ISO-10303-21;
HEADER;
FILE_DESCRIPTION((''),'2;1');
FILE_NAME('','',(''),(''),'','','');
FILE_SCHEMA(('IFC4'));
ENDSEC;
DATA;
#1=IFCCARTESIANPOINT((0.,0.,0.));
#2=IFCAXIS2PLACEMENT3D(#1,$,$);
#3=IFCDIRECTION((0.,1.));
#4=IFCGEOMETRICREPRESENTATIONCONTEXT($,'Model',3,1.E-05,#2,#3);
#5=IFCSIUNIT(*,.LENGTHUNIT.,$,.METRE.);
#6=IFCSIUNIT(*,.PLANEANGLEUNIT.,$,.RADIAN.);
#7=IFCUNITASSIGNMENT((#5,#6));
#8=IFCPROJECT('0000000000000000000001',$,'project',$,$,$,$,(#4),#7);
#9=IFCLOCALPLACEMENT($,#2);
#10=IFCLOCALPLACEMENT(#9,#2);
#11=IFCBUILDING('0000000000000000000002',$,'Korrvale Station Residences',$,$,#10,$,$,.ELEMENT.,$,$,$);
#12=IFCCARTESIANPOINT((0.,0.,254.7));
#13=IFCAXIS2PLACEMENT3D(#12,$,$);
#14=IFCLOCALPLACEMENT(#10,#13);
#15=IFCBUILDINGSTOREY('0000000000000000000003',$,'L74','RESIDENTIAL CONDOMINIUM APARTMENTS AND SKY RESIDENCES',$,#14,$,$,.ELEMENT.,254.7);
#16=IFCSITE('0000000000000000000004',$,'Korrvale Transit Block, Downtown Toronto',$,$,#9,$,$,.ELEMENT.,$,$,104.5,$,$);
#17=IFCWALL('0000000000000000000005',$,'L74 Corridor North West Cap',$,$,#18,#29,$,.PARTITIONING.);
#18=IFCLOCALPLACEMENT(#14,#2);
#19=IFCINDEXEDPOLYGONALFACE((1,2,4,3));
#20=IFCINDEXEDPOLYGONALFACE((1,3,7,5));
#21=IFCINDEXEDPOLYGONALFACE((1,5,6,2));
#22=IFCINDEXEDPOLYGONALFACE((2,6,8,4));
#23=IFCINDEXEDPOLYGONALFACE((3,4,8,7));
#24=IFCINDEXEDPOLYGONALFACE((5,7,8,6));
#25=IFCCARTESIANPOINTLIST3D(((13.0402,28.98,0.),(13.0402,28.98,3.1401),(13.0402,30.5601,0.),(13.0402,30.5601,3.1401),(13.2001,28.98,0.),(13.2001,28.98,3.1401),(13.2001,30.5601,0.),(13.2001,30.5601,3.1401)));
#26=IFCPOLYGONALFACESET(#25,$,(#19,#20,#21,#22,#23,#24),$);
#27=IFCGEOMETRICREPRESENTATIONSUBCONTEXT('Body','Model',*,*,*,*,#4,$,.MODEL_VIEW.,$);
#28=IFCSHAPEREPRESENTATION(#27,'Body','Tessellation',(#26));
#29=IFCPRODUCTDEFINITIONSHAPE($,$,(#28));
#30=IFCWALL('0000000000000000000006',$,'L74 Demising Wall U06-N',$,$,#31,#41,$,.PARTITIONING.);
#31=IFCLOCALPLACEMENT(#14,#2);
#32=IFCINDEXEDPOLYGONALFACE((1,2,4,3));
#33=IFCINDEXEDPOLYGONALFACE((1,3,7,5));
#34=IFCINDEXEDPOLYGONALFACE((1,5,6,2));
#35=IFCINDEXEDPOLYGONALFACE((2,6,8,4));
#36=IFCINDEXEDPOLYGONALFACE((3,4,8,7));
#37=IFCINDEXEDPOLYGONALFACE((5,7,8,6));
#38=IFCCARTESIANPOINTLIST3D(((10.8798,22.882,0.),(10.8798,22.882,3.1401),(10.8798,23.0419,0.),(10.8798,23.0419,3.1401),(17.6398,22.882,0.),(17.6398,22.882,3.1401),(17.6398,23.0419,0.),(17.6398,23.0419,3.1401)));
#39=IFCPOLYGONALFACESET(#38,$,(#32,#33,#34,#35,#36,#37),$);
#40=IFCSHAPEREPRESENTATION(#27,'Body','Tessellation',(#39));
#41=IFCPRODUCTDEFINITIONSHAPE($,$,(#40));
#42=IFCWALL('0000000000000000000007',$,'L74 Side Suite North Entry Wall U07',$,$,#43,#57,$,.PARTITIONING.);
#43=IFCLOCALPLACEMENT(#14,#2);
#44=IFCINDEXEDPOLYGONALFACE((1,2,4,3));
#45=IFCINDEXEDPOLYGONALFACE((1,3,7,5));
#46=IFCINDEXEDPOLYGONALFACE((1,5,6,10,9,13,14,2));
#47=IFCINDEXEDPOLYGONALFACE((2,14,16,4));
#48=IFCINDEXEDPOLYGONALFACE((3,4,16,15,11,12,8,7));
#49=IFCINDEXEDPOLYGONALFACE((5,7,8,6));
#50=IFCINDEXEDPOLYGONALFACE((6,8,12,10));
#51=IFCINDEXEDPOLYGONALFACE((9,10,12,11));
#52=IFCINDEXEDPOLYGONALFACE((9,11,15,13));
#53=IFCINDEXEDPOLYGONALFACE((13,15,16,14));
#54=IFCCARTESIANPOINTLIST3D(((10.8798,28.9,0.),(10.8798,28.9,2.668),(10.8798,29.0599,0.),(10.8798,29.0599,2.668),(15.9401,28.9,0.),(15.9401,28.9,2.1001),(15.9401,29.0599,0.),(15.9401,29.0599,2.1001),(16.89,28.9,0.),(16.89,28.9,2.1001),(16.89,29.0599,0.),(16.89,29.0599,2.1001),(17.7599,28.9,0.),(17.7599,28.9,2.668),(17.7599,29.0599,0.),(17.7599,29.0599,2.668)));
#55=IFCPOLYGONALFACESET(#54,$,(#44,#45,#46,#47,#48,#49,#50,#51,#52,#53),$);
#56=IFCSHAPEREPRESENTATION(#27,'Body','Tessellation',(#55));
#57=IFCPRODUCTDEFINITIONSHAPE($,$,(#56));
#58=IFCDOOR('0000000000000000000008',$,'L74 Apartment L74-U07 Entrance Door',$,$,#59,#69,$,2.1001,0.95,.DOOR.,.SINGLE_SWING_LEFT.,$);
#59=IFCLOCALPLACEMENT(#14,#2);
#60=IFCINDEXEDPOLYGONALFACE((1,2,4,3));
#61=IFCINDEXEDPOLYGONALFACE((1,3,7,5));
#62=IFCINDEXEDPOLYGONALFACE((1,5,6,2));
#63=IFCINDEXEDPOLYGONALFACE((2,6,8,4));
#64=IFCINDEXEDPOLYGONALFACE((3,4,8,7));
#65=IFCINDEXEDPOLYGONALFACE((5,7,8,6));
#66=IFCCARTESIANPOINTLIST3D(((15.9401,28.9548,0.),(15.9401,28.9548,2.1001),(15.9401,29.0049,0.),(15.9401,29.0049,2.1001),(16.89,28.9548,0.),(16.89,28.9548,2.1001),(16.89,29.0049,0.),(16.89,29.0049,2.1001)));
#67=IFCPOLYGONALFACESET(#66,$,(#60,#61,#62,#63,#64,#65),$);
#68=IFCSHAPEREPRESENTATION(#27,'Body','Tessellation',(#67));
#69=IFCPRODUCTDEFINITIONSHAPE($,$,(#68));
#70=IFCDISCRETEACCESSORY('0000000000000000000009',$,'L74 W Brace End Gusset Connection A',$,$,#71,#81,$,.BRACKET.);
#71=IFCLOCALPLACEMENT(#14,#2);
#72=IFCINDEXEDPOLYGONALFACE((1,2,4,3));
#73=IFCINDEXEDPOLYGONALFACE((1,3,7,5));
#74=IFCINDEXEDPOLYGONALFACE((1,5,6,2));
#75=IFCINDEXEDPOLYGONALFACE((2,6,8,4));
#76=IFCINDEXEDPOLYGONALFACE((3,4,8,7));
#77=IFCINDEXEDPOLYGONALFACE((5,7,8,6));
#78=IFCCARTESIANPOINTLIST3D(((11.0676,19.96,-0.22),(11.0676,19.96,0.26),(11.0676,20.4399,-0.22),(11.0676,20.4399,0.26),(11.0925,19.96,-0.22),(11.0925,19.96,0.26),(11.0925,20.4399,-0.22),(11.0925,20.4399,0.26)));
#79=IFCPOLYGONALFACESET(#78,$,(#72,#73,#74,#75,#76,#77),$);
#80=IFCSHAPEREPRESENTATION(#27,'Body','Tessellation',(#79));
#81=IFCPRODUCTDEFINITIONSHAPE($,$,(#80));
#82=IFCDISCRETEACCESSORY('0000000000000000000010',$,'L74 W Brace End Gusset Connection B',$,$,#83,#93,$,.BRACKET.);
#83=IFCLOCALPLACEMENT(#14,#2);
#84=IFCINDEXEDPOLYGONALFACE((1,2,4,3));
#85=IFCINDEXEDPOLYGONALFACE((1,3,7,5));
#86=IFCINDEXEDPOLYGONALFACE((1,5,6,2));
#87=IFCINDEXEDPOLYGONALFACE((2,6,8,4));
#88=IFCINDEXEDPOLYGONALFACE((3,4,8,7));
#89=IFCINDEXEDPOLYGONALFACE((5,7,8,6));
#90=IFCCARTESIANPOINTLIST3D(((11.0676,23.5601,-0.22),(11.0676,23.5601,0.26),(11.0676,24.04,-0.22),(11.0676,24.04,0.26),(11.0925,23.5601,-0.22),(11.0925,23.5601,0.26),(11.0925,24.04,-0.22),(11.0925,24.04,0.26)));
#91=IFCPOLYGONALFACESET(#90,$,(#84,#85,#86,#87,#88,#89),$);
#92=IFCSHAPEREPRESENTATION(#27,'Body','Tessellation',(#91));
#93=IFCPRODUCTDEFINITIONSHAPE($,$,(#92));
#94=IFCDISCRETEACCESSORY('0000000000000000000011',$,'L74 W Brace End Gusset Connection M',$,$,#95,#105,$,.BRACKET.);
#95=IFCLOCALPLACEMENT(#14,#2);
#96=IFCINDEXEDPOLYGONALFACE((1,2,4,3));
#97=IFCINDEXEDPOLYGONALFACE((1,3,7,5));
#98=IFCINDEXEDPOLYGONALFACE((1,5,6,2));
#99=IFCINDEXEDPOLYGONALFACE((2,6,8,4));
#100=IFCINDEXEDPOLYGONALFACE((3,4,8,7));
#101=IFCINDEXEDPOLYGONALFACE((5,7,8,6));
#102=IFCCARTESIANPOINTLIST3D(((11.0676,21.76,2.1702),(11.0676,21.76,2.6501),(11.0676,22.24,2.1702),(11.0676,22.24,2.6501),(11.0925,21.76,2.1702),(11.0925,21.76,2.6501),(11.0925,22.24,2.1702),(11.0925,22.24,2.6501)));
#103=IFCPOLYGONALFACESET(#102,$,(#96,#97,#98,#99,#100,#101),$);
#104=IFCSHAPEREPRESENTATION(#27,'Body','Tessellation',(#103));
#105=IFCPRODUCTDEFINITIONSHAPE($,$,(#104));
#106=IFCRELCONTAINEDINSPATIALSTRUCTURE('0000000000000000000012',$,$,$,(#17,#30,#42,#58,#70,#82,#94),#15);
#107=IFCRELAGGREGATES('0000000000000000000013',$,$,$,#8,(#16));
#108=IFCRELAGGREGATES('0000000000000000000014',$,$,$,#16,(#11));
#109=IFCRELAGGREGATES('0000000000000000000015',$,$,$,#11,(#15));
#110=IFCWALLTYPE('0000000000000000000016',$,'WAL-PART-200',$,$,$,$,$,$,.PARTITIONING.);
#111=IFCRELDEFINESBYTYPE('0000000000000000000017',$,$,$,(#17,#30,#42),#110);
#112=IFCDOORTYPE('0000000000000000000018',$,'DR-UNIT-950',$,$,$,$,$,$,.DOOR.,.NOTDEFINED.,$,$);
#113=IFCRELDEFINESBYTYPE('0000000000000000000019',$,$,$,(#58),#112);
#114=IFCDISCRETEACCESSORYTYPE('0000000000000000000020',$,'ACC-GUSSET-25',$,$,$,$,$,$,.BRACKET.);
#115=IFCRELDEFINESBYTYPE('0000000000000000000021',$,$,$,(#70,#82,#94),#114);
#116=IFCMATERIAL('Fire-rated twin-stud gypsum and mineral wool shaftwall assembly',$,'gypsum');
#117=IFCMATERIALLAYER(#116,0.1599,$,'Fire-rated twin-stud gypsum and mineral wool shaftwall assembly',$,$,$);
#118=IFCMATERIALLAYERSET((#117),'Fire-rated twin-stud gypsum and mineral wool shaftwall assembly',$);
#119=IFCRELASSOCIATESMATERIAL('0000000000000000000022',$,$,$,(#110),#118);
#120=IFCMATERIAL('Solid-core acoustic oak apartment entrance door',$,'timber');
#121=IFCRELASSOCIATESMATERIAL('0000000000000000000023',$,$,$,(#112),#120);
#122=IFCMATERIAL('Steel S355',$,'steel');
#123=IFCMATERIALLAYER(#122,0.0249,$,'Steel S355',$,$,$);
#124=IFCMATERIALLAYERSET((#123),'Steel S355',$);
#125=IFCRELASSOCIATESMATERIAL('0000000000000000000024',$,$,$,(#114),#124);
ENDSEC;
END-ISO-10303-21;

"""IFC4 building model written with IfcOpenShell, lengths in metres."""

from ifc_helpers import new_model, si_unit, direction, frame, frame_2d, origin, origin_2d, place, context, subcontext, project, spatial, rectangle, extrude, material, layer, layer_set, type_object, element, fill, save


model = new_model("IFC4")

# Units and contexts
model_context = context("Model", 3, precision=1e-05, world=origin(), true_north=direction((0.0, 1.0)))
body_context = subcontext(model_context, "Body", "Model", "MODEL_VIEW")
ifc_project = project(units=[si_unit("LENGTHUNIT", "METRE"), si_unit("PLANEANGLEUNIT", "RADIAN")], contexts=[model_context])

# Site, building, storey
site_placement = place(None, origin())
site = spatial("IfcSite", under=ifc_project, at=site_placement, Name="Korrvale Transit Block, Downtown Toronto", CompositionType="ELEMENT", RefElevation=104.5)
building_placement = place(site_placement, origin())
building = spatial("IfcBuilding", under=site, at=building_placement, Name="Korrvale Station Residences", CompositionType="ELEMENT")
storey_placement = place(building_placement, frame((0.0, 0.0, 254.7)))
storey = spatial("IfcBuildingStorey", under=building, at=storey_placement, Name="L74", Description="RESIDENTIAL CONDOMINIUM APARTMENTS AND SKY RESIDENCES", CompositionType="ELEMENT", Elevation=254.7)

# Shared definitions
ifc_material_1 = material(Name="Steel S355", Category="steel")

# Walls
ifc_material_2 = material(Name="Fire-rated twin-stud gypsum and mineral wool shaftwall assembly", Category="gypsum")
ifc_layer_1 = layer(ifc_material_2, 0.1599, Name="Fire-rated twin-stud gypsum and mineral wool shaftwall assembly")
ifc_layer_set_1 = layer_set([ifc_layer_1], Name="Fire-rated twin-stud gypsum and mineral wool shaftwall assembly")
wall_type_1 = type_object("IfcWallType", Name="WAL-PART-200", PredefinedType="PARTITIONING", material=ifc_layer_set_1)
wall_1_placement = place(storey_placement, frame((13.1201, 28.98, 0.0), z_axis=(0.0, 0.0, 1.0), x_axis=(0.0, 1.0, 0.0)))
element("IfcWall", 1, at=wall_1_placement, inside=storey, type_object=wall_type_1, Name="L74 Corridor North West Cap", PredefinedType="PARTITIONING", context=body_context, shape_type="SweptSolid", body=[
    extrude(rectangle(XDim=1.5801, YDim=0.1599, at=frame_2d((0.79, 0.0))), origin(), (0.0, 0.0, 1.0), 3.1401),
])
wall_2_placement = place(storey_placement, frame((10.8799, 22.9619, 0.0), z_axis=(0.0, 0.0, 1.0), x_axis=(1.0, 0.0, 0.0)))
element("IfcWall", 2, at=wall_2_placement, inside=storey, type_object=wall_type_1, Name="L74 Demising Wall U06-N", PredefinedType="PARTITIONING", context=body_context, shape_type="SweptSolid", body=[
    extrude(rectangle(XDim=6.76, YDim=0.1599, at=frame_2d((3.3799, 0.0))), origin(), (0.0, 0.0, 1.0), 3.1401),
])

# Wall, opening, door
wall_3_placement = place(storey_placement, frame((10.8799, 28.98, 0.0), z_axis=(0.0, 0.0, 1.0), x_axis=(1.0, 0.0, 0.0)))
wall_3 = element("IfcWall", 3, at=wall_3_placement, inside=storey, type_object=wall_type_1, Name="L74 Side Suite North Entry Wall U07", PredefinedType="PARTITIONING", context=body_context, shape_type="SweptSolid", body=[
    extrude(rectangle(XDim=6.8801, YDim=0.1599, at=frame_2d((3.4399, 0.0))), origin(), (0.0, 0.0, 1.0), 2.668),
])
opening_1_placement = place(wall_3_placement, frame((5.0601, 0.0, 0.0)))
opening_1 = element("IfcOpeningElement", 4, at=opening_1_placement, cuts=wall_3, PredefinedType="OPENING", context=body_context, shape_type="SweptSolid", body=[
    extrude(rectangle(XDim=0.95, YDim=2.1001, at=frame_2d((0.4751, 1.05))), frame((0.0, 0.0898, 0.0), z_axis=(0.0, -1.0, 0.0), x_axis=(1.0, 0.0, 0.0)), (0.0, 0.0, 1.0), 0.1799),
])
ifc_material_3 = material(Name="Solid-core acoustic oak apartment entrance door", Category="timber")
door_type_1 = type_object("IfcDoorType", Name="DR-UNIT-950", OperationType="NOTDEFINED", PredefinedType="DOOR", material=ifc_material_3)
door_1_placement = place(opening_1_placement, origin())
door_1 = element("IfcDoor", 5, at=door_1_placement, inside=storey, type_object=door_type_1, Name="L74 Apartment L74-U07 Entrance Door", OperationType="SINGLE_SWING_LEFT", OverallHeight=2.1001, OverallWidth=0.95, PredefinedType="DOOR", context=body_context, shape_type="SweptSolid", body=[
    extrude(rectangle(XDim=0.95, YDim=2.1001, at=frame_2d((0.4751, 1.05))), frame((0.0, 0.0249, 0.0), z_axis=(0.0, -1.0, 0.0), x_axis=(1.0, 0.0, 0.0)), (0.0, 0.0, 1.0), 0.05),
])
fill(opening_1, door_1)

# Discrete accessories
ifc_layer_2 = layer(ifc_material_1, 0.0249, Name="Steel S355")
ifc_layer_set_2 = layer_set([ifc_layer_2], Name="Steel S355")
discrete_accessory_type = type_object("IfcDiscreteAccessoryType", Name="ACC-GUSSET-25", PredefinedType="BRACKET", material=ifc_layer_set_2)
for number, where, z_axis, x_axis, name in (
    (6, (11.0801, 20.2, -0.22), (0.0, 0.0, 1.0), (0.0, 1.0, 0.0), "L74 W Brace End Gusset Connection A"),
    (7, (11.0801, 23.8, -0.22), (0.0, 0.0, 1.0), (0.0, 1.0, 0.0), "L74 W Brace End Gusset Connection B"),
    (8, (11.0801, 22.0, 2.1702), (0.0, 0.0, 1.0), (0.0, 1.0, 0.0), "L74 W Brace End Gusset Connection M"),
):
    element("IfcDiscreteAccessory", number, at=place(storey_placement, frame(where, z_axis=z_axis, x_axis=x_axis)), inside=storey, type_object=discrete_accessory_type, Name=name, PredefinedType="BRACKET", context=body_context, shape_type="SweptSolid", body=[
        extrude(rectangle(XDim=0.48, YDim=0.0249, at=origin_2d()), origin(), (0.0, 0.0, 1.0), 0.48),
    ])

save(model, "model.ifc")
